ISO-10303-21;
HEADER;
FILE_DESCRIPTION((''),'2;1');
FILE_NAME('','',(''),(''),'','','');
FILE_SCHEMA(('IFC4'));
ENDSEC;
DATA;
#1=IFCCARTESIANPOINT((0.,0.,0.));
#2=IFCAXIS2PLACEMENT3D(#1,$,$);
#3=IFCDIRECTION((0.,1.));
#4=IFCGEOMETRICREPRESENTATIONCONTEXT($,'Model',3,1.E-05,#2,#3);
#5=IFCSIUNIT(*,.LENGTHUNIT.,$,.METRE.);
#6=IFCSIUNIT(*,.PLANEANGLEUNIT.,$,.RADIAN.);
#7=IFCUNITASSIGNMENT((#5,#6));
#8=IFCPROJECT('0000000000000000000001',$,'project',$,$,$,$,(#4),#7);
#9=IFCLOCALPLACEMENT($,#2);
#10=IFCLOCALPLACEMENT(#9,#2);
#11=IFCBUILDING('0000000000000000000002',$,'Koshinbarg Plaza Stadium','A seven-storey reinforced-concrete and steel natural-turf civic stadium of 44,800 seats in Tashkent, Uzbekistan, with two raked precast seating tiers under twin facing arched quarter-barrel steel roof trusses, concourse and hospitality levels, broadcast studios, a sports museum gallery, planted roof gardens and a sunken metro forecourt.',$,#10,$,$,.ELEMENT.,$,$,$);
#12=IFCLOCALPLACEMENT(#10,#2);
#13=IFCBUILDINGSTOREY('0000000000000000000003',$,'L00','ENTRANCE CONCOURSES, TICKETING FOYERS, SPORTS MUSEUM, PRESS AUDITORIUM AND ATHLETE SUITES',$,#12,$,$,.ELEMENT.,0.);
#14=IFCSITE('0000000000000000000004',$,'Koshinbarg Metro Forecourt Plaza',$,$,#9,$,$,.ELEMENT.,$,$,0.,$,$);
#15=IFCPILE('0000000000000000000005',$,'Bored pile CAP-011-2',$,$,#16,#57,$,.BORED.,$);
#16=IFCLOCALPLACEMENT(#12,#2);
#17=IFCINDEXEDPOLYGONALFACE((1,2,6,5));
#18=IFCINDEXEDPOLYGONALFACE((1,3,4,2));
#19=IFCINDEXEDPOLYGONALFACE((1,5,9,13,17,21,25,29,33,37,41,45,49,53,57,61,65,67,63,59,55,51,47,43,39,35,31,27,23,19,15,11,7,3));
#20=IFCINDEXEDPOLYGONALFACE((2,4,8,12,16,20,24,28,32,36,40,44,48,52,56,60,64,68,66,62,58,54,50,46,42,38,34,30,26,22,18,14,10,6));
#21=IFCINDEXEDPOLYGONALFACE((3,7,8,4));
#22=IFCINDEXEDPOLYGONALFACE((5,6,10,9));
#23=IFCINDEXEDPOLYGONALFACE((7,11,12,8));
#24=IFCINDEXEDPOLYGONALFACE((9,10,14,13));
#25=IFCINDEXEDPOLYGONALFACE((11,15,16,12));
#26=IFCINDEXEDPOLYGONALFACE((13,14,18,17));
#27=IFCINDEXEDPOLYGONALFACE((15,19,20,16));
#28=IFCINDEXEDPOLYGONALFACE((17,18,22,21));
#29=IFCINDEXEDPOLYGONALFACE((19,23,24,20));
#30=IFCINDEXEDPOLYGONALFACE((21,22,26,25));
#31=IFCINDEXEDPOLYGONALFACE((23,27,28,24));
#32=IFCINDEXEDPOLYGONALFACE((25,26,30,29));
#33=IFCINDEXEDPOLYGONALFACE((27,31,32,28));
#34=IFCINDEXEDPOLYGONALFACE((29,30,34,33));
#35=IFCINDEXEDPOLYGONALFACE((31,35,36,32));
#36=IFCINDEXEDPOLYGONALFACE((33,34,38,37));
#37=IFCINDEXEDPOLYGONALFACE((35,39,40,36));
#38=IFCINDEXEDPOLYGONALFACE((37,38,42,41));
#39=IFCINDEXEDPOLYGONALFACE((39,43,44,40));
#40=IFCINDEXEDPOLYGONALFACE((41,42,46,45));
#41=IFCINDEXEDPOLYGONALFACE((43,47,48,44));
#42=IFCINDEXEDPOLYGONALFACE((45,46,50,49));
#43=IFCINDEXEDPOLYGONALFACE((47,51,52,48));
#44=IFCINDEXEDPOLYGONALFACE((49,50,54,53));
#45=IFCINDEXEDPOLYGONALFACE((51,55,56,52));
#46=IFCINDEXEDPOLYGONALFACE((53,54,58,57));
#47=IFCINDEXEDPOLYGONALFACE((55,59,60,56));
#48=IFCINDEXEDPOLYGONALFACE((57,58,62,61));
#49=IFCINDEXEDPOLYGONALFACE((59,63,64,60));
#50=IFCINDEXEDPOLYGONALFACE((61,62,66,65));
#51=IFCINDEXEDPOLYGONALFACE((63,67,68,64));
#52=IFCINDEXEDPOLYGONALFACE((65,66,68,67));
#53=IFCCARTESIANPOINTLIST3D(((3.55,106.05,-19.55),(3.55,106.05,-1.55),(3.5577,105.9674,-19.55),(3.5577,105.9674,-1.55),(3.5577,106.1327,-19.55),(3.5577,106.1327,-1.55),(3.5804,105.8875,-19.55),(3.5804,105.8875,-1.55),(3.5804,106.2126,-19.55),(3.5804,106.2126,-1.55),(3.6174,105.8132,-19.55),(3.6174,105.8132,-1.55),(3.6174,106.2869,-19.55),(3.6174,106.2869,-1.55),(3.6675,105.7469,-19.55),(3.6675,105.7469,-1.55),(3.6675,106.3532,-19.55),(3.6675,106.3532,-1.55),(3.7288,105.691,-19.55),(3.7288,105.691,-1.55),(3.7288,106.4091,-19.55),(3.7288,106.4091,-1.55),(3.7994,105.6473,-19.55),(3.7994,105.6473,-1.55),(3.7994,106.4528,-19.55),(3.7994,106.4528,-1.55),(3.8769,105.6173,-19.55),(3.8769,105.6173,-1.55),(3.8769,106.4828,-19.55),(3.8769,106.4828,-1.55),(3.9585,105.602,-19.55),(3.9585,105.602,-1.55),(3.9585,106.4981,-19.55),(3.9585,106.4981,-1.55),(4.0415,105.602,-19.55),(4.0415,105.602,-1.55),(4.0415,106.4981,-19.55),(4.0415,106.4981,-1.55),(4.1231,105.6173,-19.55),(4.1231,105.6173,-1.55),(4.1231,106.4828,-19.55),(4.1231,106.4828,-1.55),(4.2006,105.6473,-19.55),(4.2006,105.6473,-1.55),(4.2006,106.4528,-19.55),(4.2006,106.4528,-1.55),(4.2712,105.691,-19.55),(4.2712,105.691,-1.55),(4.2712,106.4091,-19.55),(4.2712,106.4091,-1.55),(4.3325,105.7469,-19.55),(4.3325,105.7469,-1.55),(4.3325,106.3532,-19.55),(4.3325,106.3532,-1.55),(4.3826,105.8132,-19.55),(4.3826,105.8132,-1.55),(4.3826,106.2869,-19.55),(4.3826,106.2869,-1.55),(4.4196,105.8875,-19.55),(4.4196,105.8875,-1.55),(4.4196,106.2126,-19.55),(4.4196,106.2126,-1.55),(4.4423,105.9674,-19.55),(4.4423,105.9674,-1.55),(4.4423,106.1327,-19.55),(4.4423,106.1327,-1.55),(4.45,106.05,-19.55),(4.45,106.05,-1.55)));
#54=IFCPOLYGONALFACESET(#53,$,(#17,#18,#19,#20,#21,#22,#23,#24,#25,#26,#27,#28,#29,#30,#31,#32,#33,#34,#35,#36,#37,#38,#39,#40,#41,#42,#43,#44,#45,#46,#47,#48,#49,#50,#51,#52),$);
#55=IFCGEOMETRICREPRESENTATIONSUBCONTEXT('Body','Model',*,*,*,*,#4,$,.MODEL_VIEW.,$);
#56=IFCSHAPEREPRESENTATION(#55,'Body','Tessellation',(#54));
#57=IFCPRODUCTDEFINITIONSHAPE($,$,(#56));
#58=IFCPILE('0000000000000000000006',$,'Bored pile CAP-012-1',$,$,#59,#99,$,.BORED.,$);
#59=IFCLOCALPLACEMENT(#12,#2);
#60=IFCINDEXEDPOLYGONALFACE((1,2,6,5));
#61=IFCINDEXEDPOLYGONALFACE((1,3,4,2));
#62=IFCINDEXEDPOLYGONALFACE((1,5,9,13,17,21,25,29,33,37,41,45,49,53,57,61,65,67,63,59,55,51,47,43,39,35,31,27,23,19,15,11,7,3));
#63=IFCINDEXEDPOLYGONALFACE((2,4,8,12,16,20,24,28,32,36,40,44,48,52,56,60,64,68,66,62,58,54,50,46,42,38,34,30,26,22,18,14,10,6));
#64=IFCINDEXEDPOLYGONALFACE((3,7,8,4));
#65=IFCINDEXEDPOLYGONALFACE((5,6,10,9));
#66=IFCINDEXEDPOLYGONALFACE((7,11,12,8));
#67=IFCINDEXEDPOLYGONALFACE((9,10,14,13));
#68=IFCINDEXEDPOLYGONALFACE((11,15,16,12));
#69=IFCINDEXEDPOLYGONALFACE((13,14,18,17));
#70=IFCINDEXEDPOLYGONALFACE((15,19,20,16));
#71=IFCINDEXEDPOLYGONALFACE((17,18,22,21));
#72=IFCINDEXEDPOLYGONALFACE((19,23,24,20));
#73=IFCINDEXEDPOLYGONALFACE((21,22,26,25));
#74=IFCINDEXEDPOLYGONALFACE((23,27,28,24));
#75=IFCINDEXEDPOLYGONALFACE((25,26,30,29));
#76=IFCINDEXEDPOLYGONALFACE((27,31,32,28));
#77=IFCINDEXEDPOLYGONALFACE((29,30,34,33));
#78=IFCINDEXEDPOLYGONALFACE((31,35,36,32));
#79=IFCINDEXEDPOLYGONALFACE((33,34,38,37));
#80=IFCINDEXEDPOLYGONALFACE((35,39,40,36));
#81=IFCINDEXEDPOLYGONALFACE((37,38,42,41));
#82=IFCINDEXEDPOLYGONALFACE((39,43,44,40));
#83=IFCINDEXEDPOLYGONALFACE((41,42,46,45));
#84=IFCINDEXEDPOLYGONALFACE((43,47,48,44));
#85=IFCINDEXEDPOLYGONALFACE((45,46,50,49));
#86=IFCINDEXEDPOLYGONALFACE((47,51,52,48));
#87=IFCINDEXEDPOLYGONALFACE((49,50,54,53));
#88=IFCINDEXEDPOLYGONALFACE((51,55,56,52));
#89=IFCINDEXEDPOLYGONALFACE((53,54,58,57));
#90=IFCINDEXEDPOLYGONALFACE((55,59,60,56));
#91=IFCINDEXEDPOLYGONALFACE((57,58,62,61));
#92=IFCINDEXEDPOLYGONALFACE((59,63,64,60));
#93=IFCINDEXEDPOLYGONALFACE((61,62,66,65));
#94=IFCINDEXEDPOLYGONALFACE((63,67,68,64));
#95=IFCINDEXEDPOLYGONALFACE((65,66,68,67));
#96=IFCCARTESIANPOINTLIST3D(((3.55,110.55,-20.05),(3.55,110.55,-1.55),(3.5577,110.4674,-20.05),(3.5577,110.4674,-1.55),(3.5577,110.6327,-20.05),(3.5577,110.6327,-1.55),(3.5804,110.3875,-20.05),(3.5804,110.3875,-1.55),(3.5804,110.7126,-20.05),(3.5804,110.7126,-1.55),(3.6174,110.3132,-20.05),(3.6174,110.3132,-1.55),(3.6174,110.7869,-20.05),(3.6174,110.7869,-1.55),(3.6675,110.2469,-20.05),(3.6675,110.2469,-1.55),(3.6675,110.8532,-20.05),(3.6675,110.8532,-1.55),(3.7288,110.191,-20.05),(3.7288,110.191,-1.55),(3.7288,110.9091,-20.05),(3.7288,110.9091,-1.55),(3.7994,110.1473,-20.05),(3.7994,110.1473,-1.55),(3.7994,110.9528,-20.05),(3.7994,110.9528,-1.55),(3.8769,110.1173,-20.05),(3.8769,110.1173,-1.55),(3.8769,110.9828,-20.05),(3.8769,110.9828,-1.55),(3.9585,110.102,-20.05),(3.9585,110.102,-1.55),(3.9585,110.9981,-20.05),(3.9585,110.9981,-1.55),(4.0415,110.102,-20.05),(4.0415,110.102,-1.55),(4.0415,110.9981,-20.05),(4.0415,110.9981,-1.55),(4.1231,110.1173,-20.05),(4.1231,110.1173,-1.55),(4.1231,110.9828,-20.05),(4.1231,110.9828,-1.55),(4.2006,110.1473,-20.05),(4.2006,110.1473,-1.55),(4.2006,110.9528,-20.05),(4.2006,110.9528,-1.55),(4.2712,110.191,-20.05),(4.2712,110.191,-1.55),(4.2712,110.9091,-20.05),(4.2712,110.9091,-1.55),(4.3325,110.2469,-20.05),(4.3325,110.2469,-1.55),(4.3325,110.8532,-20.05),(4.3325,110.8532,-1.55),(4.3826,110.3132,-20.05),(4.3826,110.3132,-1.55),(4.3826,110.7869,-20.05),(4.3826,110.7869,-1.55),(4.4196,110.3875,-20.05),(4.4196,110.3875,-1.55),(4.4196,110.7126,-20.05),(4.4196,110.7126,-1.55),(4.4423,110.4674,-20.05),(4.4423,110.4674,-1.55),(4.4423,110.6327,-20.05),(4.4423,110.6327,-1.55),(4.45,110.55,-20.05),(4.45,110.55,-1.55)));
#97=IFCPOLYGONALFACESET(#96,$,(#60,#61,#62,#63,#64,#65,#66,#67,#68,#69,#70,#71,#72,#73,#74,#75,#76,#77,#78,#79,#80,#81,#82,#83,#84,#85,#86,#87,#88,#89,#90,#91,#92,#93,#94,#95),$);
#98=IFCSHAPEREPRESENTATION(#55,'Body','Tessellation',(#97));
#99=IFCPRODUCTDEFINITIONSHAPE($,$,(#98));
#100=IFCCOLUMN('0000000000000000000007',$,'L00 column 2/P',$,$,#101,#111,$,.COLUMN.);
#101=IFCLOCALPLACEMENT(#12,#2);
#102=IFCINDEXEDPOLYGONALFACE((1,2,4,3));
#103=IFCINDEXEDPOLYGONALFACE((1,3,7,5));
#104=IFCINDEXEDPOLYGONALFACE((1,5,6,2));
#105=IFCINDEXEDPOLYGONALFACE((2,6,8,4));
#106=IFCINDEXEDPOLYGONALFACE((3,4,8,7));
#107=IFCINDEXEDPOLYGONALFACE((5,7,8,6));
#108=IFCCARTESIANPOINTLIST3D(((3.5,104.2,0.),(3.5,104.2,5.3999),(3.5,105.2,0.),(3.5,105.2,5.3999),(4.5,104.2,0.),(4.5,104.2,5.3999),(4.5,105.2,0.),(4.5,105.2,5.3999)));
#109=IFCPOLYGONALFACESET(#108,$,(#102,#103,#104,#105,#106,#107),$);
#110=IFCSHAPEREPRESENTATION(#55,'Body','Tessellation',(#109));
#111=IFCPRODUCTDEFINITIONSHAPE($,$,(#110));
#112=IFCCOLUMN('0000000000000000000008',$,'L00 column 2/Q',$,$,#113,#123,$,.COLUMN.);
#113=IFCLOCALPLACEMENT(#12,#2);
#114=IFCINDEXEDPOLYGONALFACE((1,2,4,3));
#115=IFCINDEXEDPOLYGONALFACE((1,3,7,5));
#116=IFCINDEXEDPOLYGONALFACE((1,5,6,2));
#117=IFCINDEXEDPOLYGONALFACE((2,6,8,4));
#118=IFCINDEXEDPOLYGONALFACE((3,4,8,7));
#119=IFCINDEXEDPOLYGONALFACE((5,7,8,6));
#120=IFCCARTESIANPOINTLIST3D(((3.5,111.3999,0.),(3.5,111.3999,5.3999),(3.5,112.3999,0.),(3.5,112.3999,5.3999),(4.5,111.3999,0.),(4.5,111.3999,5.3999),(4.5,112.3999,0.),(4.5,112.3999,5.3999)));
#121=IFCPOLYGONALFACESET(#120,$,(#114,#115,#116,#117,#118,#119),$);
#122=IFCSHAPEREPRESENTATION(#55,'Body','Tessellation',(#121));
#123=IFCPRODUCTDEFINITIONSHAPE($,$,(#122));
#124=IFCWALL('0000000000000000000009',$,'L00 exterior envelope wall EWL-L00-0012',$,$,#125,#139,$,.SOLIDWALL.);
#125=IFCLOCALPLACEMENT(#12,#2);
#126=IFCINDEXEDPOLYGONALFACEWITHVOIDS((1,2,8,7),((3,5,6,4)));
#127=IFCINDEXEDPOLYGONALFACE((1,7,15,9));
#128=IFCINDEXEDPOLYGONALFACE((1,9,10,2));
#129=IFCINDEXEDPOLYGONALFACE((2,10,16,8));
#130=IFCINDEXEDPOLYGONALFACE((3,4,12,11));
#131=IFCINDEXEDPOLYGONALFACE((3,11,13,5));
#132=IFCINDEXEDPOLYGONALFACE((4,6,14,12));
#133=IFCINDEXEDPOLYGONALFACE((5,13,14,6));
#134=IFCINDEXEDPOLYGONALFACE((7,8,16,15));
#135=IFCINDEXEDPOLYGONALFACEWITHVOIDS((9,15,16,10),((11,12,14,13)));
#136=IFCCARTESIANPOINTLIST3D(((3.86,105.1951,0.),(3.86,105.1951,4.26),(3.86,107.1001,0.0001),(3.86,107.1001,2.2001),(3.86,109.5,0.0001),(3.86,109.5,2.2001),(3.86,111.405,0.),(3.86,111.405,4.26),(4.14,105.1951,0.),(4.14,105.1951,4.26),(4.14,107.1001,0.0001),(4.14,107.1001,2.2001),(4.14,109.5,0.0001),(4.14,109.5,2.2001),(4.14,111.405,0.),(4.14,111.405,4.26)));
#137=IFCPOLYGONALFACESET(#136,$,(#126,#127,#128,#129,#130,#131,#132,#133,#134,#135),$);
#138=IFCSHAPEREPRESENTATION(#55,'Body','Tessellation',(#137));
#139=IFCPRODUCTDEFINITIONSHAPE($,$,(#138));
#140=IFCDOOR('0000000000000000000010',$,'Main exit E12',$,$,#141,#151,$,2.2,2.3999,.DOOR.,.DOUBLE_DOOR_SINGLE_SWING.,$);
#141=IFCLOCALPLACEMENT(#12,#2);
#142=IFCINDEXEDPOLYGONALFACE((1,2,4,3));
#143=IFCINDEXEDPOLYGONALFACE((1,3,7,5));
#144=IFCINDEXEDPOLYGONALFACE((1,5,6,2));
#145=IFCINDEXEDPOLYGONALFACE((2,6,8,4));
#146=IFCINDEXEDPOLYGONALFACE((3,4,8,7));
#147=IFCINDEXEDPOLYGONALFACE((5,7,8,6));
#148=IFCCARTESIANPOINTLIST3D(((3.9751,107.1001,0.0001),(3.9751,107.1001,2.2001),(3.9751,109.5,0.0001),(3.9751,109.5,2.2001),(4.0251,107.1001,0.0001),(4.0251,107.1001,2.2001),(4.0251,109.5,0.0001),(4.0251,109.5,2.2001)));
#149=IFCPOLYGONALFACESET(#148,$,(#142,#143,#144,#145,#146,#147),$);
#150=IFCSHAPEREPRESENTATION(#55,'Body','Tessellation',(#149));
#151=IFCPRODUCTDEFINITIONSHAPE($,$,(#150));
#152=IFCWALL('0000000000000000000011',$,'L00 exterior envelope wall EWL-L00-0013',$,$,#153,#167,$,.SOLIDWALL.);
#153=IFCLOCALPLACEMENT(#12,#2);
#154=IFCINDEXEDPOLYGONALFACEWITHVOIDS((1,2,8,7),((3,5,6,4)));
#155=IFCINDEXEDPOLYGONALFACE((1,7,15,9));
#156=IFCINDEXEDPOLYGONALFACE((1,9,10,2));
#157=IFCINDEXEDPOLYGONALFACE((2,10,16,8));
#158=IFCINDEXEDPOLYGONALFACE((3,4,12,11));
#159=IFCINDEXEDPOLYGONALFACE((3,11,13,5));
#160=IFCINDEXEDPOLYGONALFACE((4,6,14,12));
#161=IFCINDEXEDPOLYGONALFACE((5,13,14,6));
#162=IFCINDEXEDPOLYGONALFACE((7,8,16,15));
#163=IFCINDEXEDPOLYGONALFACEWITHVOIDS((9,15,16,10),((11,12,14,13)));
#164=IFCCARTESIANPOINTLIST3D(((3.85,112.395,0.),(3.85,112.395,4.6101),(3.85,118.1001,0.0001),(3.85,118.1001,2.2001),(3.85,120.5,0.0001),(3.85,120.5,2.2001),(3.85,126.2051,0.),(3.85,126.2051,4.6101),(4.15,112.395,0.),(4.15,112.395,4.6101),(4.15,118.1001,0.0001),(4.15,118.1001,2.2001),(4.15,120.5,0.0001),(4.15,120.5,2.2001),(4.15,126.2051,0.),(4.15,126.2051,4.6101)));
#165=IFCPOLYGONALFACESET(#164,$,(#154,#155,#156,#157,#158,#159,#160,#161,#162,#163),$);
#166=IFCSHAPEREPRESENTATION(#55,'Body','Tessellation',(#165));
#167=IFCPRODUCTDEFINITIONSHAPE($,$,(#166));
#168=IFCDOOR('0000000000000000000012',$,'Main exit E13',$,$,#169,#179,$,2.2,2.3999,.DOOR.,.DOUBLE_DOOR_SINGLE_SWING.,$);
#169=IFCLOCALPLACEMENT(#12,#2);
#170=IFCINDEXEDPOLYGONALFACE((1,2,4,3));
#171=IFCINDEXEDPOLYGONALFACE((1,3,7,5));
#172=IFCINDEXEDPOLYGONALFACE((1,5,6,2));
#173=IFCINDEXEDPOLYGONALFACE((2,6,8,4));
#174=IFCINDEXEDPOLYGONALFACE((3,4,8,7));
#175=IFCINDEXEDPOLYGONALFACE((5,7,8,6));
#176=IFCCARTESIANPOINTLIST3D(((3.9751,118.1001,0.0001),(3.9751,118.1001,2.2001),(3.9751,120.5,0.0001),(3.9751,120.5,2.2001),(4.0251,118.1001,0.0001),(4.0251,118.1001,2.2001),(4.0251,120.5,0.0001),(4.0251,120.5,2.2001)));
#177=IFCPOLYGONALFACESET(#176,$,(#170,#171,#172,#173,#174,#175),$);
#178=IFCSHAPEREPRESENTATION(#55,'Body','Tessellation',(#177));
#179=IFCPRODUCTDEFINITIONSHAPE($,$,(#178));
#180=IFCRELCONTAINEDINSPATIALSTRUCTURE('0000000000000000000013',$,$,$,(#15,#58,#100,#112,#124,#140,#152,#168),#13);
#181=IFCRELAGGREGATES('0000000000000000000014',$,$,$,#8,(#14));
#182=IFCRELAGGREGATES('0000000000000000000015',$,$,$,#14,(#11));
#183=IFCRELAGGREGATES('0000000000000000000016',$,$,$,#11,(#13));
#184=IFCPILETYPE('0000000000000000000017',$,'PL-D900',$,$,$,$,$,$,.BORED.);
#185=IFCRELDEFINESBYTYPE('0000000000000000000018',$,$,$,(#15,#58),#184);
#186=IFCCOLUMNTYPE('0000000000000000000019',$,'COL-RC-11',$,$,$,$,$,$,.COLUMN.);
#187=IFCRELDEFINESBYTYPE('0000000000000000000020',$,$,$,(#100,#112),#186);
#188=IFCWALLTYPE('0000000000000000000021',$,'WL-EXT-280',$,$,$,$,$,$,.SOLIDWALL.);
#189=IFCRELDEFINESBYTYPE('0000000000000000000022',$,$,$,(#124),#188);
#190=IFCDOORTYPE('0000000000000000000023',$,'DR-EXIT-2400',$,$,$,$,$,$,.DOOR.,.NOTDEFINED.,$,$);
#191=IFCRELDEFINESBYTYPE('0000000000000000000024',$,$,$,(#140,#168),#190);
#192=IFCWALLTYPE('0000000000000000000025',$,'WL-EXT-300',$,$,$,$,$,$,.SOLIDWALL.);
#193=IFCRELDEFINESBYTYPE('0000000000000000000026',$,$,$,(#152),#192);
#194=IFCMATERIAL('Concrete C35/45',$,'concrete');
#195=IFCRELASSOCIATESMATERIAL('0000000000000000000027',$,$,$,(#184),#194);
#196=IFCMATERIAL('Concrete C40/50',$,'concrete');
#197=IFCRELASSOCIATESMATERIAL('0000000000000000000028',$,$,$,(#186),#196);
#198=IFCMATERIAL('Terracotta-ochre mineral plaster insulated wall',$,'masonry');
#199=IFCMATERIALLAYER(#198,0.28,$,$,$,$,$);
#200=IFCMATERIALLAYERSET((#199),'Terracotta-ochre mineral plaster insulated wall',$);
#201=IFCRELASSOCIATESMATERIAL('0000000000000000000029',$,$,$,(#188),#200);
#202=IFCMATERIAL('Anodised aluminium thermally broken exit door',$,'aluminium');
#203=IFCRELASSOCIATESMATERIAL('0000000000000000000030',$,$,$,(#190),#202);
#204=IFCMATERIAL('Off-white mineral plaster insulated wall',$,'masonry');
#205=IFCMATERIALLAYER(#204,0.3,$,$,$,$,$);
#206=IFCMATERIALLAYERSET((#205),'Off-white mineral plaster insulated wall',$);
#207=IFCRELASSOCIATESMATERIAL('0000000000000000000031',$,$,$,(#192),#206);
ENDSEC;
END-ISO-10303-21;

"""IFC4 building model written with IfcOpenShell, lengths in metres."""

from ifc_helpers import new_model, si_unit, direction, frame, frame_2d, origin, origin_2d, place, context, subcontext, project, spatial, rectangle, circle, extrude, material, layer, layer_set, material_profile, profile_set, type_object, element, fill, save


model = new_model("IFC4")

# Units and contexts
model_context = context("Model", 3, precision=1e-05, world=origin(), true_north=direction((0.0, 1.0)))
body_context = subcontext(model_context, "Body", "Model", "MODEL_VIEW")
ifc_project = project(units=[si_unit("LENGTHUNIT", "METRE"), si_unit("PLANEANGLEUNIT", "RADIAN")], contexts=[model_context])

# Site, building, storey
site_placement = place(None, origin())
site = spatial("IfcSite", under=ifc_project, at=site_placement, Name="Koshinbarg Metro Forecourt Plaza", CompositionType="ELEMENT", RefElevation=0.0)
building_placement = place(site_placement, origin())
building = spatial("IfcBuilding", under=site, at=building_placement, Name="Koshinbarg Plaza Stadium", Description="A seven-storey reinforced-concrete and steel natural-turf civic stadium of 44,800 seats in Tashkent, Uzbekistan, with two raked precast seating tiers under twin facing arched quarter-barrel steel roof trusses, concourse and hospitality levels, broadcast studios, a sports museum gallery, planted roof gardens and a sunken metro forecourt.", CompositionType="ELEMENT")
storey_placement = place(building_placement, origin())
storey = spatial("IfcBuildingStorey", under=building, at=storey_placement, Name="L00", Description="ENTRANCE CONCOURSES, TICKETING FOYERS, SPORTS MUSEUM, PRESS AUDITORIUM AND ATHLETE SUITES", CompositionType="ELEMENT", Elevation=0.0)

# Shared definitions
ifc_material_1 = material(Name="Concrete C35/45", Category="concrete")

# Piles
ifc_material_profile_1 = material_profile(ifc_material_1, circle(Radius=0.45, at=origin_2d()), Name="PILE D900")
ifc_profile_set_1 = profile_set([ifc_material_profile_1], Name="Concrete C35/45")
pile_type = type_object("IfcPileType", Name="PL-D900", PredefinedType="BORED", material=ifc_profile_set_1)
for number, where, z_axis, x_axis, name in (
    (1, (4.0, 106.05, -1.55), (0.0, 0.0, -1.0), (1.0, 0.0, 0.0), "Bored pile CAP-011-2"),
):
    element("IfcPile", number, at=place(storey_placement, frame(where, z_axis=z_axis, x_axis=x_axis)), inside=storey, type_object=pile_type, Name=name, PredefinedType="BORED", context=body_context, shape_type="SweptSolid", body=[
        extrude(circle(Radius=0.45, at=origin_2d()), origin(), (0.0, 0.0, 1.0), 18.0),
    ])
pile_1_placement = place(storey_placement, frame((4.0, 110.55, -1.55), z_axis=(0.0, 0.0, -1.0), x_axis=(1.0, 0.0, 0.0)))
element("IfcPile", 2, at=pile_1_placement, inside=storey, type_object=pile_type, Name="Bored pile CAP-012-1", PredefinedType="BORED", context=body_context, shape_type="SweptSolid", body=[
    extrude(circle(Radius=0.45, at=origin_2d()), origin(), (0.0, 0.0, 1.0), 18.5),
])

# Columns
ifc_material_2 = material(Name="Concrete C40/50", Category="concrete")
ifc_material_profile_2 = material_profile(ifc_material_2, rectangle(XDim=1.0, YDim=1.0, at=origin_2d()), Name="RC 1000x1000")
ifc_profile_set_2 = profile_set([ifc_material_profile_2], Name="Concrete C40/50")
column_type = type_object("IfcColumnType", Name="COL-RC-11", PredefinedType="COLUMN", material=ifc_profile_set_2)
for number, where, z_axis, x_axis, name in (
    (3, (4.0, 104.7, 0.0), (0.0, 0.0, 1.0), (1.0, 0.0, 0.0), "L00 column 2/P"),
    (4, (4.0, 111.8999, 0.0), (0.0, 0.0, 1.0), (1.0, 0.0, 0.0), "L00 column 2/Q"),
):
    element("IfcColumn", number, at=place(storey_placement, frame(where, z_axis=z_axis, x_axis=x_axis)), inside=storey, type_object=column_type, Name=name, PredefinedType="COLUMN", context=body_context, shape_type="SweptSolid", body=[
        extrude(rectangle(XDim=1.0, YDim=1.0, at=origin_2d()), origin(), (0.0, 0.0, 1.0), 5.3999),
    ])

# Walls, openings, doors
ifc_material_3 = material(Name="Terracotta-ochre mineral plaster insulated wall", Category="masonry")
ifc_layer_1 = layer(ifc_material_3, 0.28)
ifc_layer_set_1 = layer_set([ifc_layer_1], Name="Terracotta-ochre mineral plaster insulated wall")
wall_type_1 = type_object("IfcWallType", Name="WL-EXT-280", PredefinedType="SOLIDWALL", material=ifc_layer_set_1)
wall_1_placement = place(storey_placement, frame((4.0, 105.1951, 0.0), z_axis=(0.0, 0.0, 1.0), x_axis=(0.0, 1.0, 0.0)))
wall_1 = element("IfcWall", 5, at=wall_1_placement, inside=storey, type_object=wall_type_1, Name="L00 exterior envelope wall EWL-L00-0012", PredefinedType="SOLIDWALL", context=body_context, shape_type="SweptSolid", body=[
    extrude(rectangle(XDim=6.21, YDim=0.28, at=frame_2d((3.105, 0.0))), origin(), (0.0, 0.0, 1.0), 4.26),
])
opening_1_placement = place(wall_1_placement, frame((1.905, 0.0, 0.0)))
opening_1 = element("IfcOpeningElement", 6, at=opening_1_placement, cuts=wall_1, PredefinedType="OPENING", context=body_context, shape_type="SweptSolid", body=[
    extrude(rectangle(XDim=2.3999, YDim=2.2, at=frame_2d((1.2, 1.1001))), frame((0.0, 0.1499, 0.0), z_axis=(0.0, -1.0, 0.0), x_axis=(1.0, 0.0, 0.0)), (0.0, 0.0, 1.0), 0.3),
])
ifc_material_4 = material(Name="Anodised aluminium thermally broken exit door", Category="aluminium")
door_type = type_object("IfcDoorType", Name="DR-EXIT-2400", OperationType="NOTDEFINED", PredefinedType="DOOR", material=ifc_material_4)
door_1_placement = place(opening_1_placement, origin())
door_1 = element("IfcDoor", 7, at=door_1_placement, inside=storey, type_object=door_type, Name="Main exit E12", OperationType="DOUBLE_DOOR_SINGLE_SWING", OverallHeight=2.2, OverallWidth=2.3999, PredefinedType="DOOR", context=body_context, shape_type="SweptSolid", body=[
    extrude(rectangle(XDim=2.3999, YDim=2.2, at=frame_2d((1.2, 1.1001))), frame((0.0, 0.0249, 0.0), z_axis=(0.0, -1.0, 0.0), x_axis=(1.0, 0.0, 0.0)), (0.0, 0.0, 1.0), 0.05),
])
fill(opening_1, door_1)
ifc_material_5 = material(Name="Off-white mineral plaster insulated wall", Category="masonry")
ifc_layer_2 = layer(ifc_material_5, 0.3)
ifc_layer_set_2 = layer_set([ifc_layer_2], Name="Off-white mineral plaster insulated wall")
wall_type_2 = type_object("IfcWallType", Name="WL-EXT-300", PredefinedType="SOLIDWALL", material=ifc_layer_set_2)
wall_2_placement = place(storey_placement, frame((4.0, 112.395, 0.0), z_axis=(0.0, 0.0, 1.0), x_axis=(0.0, 1.0, 0.0)))
wall_2 = element("IfcWall", 8, at=wall_2_placement, inside=storey, type_object=wall_type_2, Name="L00 exterior envelope wall EWL-L00-0013", PredefinedType="SOLIDWALL", context=body_context, shape_type="SweptSolid", body=[
    extrude(rectangle(XDim=13.8101, YDim=0.3, at=frame_2d((6.905, 0.0))), origin(), (0.0, 0.0, 1.0), 4.6101),
])
opening_2_placement = place(wall_2_placement, frame((5.7051, 0.0, 0.0)))
opening_2 = element("IfcOpeningElement", 9, at=opening_2_placement, cuts=wall_2, PredefinedType="OPENING", context=body_context, shape_type="SweptSolid", body=[
    extrude(rectangle(XDim=2.3999, YDim=2.2, at=frame_2d((1.2, 1.1001))), frame((0.0, 0.1599, 0.0), z_axis=(0.0, -1.0, 0.0), x_axis=(1.0, 0.0, 0.0)), (0.0, 0.0, 1.0), 0.3201),
])
door_2_placement = place(opening_2_placement, origin())
door_2 = element("IfcDoor", 10, at=door_2_placement, inside=storey, type_object=door_type, Name="Main exit E13", OperationType="DOUBLE_DOOR_SINGLE_SWING", OverallHeight=2.2, OverallWidth=2.3999, PredefinedType="DOOR", context=body_context, shape_type="SweptSolid", body=[
    extrude(rectangle(XDim=2.3999, YDim=2.2, at=frame_2d((1.2, 1.1001))), frame((0.0, 0.0249, 0.0), z_axis=(0.0, -1.0, 0.0), x_axis=(1.0, 0.0, 0.0)), (0.0, 0.0, 1.0), 0.05),
])
fill(opening_2, door_2)

save(model, "model.ifc")
